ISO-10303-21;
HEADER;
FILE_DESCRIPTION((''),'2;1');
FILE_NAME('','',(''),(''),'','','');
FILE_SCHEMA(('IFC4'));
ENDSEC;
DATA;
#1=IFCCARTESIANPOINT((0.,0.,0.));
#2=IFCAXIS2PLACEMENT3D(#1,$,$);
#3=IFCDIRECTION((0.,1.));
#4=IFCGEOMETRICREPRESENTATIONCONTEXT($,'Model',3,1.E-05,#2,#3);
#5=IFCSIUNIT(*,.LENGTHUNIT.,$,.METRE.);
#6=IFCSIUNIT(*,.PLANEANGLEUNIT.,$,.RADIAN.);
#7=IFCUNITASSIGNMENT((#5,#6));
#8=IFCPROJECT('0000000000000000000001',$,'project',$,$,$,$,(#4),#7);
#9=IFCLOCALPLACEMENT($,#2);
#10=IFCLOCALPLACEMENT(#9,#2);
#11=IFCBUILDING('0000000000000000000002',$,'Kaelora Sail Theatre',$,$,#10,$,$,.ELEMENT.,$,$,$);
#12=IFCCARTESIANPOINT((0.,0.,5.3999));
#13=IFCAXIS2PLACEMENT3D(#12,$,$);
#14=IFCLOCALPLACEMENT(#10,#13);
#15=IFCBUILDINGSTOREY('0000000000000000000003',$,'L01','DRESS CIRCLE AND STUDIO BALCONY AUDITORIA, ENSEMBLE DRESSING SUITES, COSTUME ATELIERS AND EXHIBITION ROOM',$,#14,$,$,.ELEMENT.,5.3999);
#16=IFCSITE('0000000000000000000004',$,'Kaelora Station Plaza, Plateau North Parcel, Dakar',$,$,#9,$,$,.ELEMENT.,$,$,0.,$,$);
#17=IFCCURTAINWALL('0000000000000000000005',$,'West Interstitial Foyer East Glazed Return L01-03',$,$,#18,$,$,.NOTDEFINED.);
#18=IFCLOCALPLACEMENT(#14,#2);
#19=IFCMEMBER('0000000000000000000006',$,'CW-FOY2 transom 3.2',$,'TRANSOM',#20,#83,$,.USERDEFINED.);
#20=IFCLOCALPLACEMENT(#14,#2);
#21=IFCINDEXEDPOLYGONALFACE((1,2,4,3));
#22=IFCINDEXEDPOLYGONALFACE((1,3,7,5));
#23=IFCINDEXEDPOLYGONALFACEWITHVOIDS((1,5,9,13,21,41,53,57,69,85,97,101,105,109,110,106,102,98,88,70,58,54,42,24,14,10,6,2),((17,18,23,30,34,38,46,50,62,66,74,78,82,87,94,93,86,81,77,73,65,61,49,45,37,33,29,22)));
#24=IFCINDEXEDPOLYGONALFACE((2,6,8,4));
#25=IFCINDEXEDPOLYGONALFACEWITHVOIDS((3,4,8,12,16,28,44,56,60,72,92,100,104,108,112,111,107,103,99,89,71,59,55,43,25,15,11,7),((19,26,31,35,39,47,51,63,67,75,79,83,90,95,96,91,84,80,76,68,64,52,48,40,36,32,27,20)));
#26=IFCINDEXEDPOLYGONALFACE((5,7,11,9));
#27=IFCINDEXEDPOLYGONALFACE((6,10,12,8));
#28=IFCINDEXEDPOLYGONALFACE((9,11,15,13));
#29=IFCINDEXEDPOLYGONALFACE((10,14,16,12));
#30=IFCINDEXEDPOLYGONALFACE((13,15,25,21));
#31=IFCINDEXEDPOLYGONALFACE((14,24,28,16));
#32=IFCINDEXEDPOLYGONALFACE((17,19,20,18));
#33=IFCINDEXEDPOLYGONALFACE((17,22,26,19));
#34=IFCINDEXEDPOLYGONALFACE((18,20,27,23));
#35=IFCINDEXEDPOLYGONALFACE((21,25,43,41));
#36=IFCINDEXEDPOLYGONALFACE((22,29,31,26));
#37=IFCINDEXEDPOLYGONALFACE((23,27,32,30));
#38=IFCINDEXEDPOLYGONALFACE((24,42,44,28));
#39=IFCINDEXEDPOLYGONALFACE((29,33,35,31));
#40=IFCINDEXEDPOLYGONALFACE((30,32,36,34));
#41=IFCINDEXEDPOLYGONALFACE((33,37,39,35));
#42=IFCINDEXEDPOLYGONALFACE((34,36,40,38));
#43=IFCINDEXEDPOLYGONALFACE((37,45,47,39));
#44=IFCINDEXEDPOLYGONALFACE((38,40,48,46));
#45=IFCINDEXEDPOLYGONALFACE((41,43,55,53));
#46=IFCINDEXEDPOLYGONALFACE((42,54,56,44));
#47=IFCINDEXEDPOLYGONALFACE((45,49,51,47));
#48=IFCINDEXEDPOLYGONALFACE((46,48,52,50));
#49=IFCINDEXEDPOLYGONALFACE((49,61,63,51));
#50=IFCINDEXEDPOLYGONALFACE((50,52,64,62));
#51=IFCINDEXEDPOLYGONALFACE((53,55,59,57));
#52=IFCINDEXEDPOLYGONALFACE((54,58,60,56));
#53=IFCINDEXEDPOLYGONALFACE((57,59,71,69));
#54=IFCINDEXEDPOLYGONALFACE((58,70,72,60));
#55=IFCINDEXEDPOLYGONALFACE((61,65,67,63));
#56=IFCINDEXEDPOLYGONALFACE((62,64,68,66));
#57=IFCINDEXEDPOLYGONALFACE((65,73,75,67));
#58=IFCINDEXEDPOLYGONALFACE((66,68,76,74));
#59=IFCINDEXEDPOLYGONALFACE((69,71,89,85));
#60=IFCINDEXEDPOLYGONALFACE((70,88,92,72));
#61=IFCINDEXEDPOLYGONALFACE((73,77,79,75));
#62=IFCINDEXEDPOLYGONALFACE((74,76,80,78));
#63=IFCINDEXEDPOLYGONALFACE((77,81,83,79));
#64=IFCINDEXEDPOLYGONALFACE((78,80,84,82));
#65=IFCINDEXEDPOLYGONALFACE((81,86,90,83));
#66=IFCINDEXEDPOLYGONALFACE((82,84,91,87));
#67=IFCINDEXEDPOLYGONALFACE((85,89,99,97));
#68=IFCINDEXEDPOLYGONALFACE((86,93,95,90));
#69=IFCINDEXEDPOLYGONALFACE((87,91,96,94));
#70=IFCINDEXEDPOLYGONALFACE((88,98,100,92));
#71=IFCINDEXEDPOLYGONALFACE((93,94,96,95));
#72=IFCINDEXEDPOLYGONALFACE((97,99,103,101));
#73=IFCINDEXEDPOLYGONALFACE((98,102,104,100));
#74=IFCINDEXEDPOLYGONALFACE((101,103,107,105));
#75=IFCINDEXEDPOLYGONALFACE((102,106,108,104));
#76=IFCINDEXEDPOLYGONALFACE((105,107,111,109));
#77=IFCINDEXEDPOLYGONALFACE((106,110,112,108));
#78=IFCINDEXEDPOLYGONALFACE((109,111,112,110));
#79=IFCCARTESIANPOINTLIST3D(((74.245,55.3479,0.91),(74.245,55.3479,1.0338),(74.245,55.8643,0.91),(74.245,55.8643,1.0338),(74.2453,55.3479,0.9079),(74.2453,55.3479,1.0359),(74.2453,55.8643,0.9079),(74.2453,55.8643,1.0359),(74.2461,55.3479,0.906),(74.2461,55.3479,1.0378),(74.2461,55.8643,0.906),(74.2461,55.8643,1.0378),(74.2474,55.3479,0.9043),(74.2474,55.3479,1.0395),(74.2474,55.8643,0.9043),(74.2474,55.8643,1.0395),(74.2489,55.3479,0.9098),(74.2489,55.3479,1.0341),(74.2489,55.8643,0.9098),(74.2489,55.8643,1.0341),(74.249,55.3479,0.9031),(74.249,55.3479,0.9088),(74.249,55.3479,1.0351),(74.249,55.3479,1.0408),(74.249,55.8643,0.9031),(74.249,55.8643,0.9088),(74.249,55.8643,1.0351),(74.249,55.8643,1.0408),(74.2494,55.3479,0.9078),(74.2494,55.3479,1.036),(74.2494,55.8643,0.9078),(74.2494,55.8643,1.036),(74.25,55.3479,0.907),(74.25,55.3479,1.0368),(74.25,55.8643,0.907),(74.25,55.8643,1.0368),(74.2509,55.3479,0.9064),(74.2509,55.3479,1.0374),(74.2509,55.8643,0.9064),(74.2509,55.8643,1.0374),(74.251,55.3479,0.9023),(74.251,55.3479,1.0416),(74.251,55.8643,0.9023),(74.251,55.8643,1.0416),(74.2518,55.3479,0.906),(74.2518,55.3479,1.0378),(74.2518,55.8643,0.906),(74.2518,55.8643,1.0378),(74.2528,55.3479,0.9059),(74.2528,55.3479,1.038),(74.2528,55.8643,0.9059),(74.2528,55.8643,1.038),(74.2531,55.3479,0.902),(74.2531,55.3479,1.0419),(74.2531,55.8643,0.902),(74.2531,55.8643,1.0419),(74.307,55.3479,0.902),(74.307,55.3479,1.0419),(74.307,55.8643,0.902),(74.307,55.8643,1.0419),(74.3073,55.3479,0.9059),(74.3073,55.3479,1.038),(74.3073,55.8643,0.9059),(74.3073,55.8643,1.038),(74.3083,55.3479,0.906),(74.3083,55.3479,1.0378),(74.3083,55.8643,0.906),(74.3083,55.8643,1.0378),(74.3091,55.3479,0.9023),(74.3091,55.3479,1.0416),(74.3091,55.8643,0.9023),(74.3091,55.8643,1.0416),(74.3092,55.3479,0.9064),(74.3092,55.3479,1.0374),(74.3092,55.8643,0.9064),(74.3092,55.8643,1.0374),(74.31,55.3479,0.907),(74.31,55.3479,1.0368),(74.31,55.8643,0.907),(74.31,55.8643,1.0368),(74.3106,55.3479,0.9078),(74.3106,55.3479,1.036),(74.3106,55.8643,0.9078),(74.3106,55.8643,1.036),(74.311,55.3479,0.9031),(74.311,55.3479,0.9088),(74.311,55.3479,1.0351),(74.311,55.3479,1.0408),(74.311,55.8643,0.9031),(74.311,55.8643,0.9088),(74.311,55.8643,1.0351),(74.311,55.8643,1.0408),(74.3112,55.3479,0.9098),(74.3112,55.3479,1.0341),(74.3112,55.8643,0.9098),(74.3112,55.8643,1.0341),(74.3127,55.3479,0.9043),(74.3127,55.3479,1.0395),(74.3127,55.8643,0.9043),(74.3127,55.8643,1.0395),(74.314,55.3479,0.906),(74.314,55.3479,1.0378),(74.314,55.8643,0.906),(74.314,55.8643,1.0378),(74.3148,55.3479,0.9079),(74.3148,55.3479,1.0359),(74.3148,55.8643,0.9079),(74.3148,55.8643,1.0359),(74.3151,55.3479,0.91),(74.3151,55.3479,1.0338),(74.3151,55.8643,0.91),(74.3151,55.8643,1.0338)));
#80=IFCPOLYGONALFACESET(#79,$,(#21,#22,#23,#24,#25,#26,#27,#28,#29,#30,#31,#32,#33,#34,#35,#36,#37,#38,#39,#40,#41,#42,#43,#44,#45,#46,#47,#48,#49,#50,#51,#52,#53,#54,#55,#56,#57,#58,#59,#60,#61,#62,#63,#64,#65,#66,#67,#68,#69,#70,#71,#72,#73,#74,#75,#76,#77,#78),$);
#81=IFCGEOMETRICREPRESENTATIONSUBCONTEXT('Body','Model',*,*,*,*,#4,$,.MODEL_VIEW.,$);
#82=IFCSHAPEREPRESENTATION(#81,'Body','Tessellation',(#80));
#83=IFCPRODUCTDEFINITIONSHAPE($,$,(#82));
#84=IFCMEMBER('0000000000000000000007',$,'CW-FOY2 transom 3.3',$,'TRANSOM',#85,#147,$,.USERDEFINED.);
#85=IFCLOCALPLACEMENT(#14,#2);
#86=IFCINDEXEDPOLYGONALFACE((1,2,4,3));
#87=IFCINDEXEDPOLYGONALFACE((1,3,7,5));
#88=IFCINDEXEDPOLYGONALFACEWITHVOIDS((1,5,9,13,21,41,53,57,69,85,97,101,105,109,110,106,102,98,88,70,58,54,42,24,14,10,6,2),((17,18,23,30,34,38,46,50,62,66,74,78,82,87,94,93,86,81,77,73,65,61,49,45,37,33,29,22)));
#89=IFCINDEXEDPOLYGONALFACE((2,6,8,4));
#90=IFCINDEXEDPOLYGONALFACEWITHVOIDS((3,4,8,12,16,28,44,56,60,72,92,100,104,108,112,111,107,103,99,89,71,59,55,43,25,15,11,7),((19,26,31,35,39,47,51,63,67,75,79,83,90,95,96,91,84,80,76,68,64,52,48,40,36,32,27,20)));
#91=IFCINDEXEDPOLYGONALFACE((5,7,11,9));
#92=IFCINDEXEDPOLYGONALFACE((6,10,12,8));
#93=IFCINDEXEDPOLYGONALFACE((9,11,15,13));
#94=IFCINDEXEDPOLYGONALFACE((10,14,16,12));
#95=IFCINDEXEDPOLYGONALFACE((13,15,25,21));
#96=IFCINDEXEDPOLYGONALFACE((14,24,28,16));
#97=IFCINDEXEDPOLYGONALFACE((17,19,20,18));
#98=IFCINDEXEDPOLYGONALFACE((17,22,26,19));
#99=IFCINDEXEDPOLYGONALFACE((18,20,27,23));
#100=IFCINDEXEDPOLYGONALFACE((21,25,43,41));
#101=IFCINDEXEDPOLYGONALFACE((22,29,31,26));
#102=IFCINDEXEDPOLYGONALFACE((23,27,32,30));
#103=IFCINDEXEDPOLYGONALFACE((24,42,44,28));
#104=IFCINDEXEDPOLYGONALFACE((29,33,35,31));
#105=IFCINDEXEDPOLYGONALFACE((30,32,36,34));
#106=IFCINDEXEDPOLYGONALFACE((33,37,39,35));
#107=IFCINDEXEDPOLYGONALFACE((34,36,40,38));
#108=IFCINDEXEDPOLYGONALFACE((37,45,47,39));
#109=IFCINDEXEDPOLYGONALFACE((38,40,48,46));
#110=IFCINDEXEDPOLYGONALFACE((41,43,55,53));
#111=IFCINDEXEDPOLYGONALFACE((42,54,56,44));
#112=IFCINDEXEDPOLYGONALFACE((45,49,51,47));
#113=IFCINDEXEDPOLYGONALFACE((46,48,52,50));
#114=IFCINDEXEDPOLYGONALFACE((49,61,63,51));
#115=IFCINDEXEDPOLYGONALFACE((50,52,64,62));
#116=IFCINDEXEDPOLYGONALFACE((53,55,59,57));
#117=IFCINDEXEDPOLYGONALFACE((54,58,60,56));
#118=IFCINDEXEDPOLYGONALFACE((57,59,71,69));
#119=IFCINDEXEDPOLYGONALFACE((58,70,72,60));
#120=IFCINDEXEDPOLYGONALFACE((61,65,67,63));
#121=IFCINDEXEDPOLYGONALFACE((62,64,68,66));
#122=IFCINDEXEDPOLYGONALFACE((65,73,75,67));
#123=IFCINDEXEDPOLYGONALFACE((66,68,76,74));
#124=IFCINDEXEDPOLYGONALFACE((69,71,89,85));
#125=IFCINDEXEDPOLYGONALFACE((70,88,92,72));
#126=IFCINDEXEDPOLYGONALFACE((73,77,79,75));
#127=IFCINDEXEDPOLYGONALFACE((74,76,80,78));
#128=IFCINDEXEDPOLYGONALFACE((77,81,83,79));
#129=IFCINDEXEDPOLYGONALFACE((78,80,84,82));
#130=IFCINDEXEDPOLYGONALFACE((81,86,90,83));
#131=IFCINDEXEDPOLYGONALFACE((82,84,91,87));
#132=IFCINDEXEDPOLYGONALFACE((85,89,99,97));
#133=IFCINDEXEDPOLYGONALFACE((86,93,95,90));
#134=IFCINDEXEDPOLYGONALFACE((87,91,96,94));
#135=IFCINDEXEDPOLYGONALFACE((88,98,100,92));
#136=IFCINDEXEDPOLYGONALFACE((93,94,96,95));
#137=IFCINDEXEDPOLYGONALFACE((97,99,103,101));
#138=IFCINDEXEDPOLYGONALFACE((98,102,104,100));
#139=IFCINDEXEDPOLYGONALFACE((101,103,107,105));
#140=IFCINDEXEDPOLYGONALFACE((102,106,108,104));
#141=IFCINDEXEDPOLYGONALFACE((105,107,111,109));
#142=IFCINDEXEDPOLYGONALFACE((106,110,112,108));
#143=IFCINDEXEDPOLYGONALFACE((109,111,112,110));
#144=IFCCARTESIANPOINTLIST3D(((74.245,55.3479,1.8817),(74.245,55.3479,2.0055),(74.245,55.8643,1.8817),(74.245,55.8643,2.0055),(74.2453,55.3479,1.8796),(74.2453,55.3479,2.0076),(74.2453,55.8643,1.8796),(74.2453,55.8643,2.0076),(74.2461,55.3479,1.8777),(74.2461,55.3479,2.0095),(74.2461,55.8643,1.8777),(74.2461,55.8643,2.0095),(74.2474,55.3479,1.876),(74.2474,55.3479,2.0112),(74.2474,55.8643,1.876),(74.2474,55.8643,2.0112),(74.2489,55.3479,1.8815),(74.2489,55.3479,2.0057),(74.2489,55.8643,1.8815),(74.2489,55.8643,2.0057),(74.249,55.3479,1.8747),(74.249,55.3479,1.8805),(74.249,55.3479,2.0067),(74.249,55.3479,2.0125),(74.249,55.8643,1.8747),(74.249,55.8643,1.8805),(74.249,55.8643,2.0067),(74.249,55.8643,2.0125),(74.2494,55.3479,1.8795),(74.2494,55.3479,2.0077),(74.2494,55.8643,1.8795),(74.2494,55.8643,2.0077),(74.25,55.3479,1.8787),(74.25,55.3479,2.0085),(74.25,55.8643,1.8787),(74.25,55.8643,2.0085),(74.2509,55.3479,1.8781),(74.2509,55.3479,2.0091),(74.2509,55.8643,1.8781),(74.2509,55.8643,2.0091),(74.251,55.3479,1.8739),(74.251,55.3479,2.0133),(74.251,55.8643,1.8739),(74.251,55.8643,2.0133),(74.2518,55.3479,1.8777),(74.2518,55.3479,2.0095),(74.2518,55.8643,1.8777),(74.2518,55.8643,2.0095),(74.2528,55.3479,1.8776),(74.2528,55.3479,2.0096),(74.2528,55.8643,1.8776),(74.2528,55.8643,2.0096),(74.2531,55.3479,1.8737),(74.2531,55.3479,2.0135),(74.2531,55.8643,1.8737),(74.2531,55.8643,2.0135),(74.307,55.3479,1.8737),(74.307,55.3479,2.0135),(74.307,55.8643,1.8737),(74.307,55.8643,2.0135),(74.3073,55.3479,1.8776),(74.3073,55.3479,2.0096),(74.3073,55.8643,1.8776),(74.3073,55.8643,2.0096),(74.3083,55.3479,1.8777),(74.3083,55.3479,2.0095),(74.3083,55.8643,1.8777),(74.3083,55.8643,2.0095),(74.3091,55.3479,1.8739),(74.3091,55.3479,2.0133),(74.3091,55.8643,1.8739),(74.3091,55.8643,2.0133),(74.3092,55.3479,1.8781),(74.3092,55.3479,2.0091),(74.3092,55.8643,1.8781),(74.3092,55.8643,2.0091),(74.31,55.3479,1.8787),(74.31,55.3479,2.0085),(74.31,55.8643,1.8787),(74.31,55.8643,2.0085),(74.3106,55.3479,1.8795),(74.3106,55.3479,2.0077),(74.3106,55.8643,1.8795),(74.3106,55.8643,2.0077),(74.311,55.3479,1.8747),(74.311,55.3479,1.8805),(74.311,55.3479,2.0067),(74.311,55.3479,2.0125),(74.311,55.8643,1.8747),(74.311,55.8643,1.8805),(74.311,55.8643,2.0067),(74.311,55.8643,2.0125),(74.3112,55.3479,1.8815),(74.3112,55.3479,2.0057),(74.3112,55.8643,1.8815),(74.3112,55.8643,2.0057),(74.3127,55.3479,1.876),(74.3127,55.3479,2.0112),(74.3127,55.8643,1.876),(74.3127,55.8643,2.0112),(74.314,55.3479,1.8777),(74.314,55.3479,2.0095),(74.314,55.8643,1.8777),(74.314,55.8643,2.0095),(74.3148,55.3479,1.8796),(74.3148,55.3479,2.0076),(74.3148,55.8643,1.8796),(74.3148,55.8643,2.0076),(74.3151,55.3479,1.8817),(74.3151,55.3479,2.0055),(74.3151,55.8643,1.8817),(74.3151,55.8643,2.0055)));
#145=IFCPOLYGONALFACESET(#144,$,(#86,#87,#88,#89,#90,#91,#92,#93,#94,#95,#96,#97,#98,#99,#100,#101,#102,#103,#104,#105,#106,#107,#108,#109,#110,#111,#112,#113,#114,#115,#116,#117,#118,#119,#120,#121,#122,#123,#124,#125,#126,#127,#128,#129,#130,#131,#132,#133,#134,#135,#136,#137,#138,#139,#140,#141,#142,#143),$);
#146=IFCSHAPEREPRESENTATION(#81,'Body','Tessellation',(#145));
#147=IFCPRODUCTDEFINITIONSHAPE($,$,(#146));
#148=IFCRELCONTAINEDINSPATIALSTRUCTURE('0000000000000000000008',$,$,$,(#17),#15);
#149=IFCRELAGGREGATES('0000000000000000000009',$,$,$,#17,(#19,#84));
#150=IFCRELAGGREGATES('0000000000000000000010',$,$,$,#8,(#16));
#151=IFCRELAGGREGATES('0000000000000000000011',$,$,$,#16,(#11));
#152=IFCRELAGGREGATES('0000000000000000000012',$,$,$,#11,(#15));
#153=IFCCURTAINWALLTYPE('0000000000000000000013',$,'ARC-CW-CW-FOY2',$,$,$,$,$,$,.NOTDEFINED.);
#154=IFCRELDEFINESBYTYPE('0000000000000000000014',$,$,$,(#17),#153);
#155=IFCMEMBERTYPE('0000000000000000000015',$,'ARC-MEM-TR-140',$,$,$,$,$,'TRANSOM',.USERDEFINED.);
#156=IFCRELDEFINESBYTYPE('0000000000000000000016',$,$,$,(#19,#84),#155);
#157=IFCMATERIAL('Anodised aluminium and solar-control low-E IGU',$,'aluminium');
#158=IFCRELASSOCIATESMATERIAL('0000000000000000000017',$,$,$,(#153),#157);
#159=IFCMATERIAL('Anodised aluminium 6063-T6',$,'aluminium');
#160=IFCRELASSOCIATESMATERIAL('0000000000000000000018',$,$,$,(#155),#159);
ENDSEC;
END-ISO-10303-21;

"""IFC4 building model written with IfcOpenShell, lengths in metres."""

from ifc_helpers import new_model, si_unit, direction, frame, origin, origin_2d, place, context, subcontext, project, spatial, hollow_rectangle, extrude, material, material_profile, profile_set, type_object, element, aggregate, save


model = new_model("IFC4")

# Units and contexts
model_context = context("Model", 3, precision=1e-05, world=origin(), true_north=direction((0.0, 1.0)))
body_context = subcontext(model_context, "Body", "Model", "MODEL_VIEW")
ifc_project = project(units=[si_unit("LENGTHUNIT", "METRE"), si_unit("PLANEANGLEUNIT", "RADIAN")], contexts=[model_context])

# Site, building, storey
site_placement = place(None, origin())
site = spatial("IfcSite", under=ifc_project, at=site_placement, Name="Kaelora Station Plaza, Plateau North Parcel, Dakar", CompositionType="ELEMENT", RefElevation=0.0)
building_placement = place(site_placement, origin())
building = spatial("IfcBuilding", under=site, at=building_placement, Name="Kaelora Sail Theatre", CompositionType="ELEMENT")
storey_placement = place(building_placement, frame((0.0, 0.0, 5.3999)))
storey = spatial("IfcBuildingStorey", under=building, at=storey_placement, Name="L01", Description="DRESS CIRCLE AND STUDIO BALCONY AUDITORIA, ENSEMBLE DRESSING SUITES, COSTUME ATELIERS AND EXHIBITION ROOM", CompositionType="ELEMENT", Elevation=5.3999)

# Curtain wall, members
ifc_material_1 = material(Name="Anodised aluminium and solar-control low-E IGU", Category="aluminium")
curtain_wall_type = type_object("IfcCurtainWallType", Name="ARC-CW-CW-FOY2", PredefinedType="NOTDEFINED", material=ifc_material_1)
curtain_wall_placement = place(storey_placement, origin())
curtain_wall = element("IfcCurtainWall", 1, at=curtain_wall_placement, inside=storey, type_object=curtain_wall_type, Name="West Interstitial Foyer East Glazed Return L01-03", PredefinedType="NOTDEFINED")
ifc_material_2 = material(Name="Anodised aluminium 6063-T6", Category="aluminium")
ifc_material_profile_1 = material_profile(ifc_material_2, hollow_rectangle(XDim=0.0701, YDim=0.1399, WallThickness=0.0039, InnerFilletRadius=0.0039, OuterFilletRadius=0.0081, at=origin_2d()), Name="ALU-TRAN 70x140x4")
ifc_profile_set_1 = profile_set([ifc_material_profile_1], Name="Anodised aluminium 6063-T6")
member_type_1 = type_object("IfcMemberType", Name="ARC-MEM-TR-140", ElementType="TRANSOM", PredefinedType="USERDEFINED", material=ifc_profile_set_1)
member_1_placement = place(storey_placement, frame((74.28, 55.3479, 0.9719), z_axis=(0.0, 1.0, 0.0), x_axis=(-1.0, 0.0, 0.0)))
member_1 = element("IfcMember", 2, at=member_1_placement, type_object=member_type_1, Name="CW-FOY2 transom 3.2", ObjectType="TRANSOM", PredefinedType="USERDEFINED", context=body_context, shape_type="SweptSolid", body=[
    extrude(hollow_rectangle(XDim=0.0701, YDim=0.1399, WallThickness=0.0039, InnerFilletRadius=0.0039, OuterFilletRadius=0.0081, at=origin_2d()), origin(), (0.0, 0.0, 1.0), 0.5164),
])
member_2_placement = place(storey_placement, frame((74.28, 55.3479, 1.9436), z_axis=(0.0, 1.0, 0.0), x_axis=(-1.0, 0.0, 0.0)))
member_2 = element("IfcMember", 3, at=member_2_placement, type_object=member_type_1, Name="CW-FOY2 transom 3.3", ObjectType="TRANSOM", PredefinedType="USERDEFINED", context=body_context, shape_type="SweptSolid", body=[
    extrude(hollow_rectangle(XDim=0.0701, YDim=0.1399, WallThickness=0.0039, InnerFilletRadius=0.0039, OuterFilletRadius=0.0081, at=origin_2d()), origin(), (0.0, 0.0, 1.0), 0.5164),
])
aggregate(curtain_wall, [member_1, member_2])

save(model, "model.ifc")
